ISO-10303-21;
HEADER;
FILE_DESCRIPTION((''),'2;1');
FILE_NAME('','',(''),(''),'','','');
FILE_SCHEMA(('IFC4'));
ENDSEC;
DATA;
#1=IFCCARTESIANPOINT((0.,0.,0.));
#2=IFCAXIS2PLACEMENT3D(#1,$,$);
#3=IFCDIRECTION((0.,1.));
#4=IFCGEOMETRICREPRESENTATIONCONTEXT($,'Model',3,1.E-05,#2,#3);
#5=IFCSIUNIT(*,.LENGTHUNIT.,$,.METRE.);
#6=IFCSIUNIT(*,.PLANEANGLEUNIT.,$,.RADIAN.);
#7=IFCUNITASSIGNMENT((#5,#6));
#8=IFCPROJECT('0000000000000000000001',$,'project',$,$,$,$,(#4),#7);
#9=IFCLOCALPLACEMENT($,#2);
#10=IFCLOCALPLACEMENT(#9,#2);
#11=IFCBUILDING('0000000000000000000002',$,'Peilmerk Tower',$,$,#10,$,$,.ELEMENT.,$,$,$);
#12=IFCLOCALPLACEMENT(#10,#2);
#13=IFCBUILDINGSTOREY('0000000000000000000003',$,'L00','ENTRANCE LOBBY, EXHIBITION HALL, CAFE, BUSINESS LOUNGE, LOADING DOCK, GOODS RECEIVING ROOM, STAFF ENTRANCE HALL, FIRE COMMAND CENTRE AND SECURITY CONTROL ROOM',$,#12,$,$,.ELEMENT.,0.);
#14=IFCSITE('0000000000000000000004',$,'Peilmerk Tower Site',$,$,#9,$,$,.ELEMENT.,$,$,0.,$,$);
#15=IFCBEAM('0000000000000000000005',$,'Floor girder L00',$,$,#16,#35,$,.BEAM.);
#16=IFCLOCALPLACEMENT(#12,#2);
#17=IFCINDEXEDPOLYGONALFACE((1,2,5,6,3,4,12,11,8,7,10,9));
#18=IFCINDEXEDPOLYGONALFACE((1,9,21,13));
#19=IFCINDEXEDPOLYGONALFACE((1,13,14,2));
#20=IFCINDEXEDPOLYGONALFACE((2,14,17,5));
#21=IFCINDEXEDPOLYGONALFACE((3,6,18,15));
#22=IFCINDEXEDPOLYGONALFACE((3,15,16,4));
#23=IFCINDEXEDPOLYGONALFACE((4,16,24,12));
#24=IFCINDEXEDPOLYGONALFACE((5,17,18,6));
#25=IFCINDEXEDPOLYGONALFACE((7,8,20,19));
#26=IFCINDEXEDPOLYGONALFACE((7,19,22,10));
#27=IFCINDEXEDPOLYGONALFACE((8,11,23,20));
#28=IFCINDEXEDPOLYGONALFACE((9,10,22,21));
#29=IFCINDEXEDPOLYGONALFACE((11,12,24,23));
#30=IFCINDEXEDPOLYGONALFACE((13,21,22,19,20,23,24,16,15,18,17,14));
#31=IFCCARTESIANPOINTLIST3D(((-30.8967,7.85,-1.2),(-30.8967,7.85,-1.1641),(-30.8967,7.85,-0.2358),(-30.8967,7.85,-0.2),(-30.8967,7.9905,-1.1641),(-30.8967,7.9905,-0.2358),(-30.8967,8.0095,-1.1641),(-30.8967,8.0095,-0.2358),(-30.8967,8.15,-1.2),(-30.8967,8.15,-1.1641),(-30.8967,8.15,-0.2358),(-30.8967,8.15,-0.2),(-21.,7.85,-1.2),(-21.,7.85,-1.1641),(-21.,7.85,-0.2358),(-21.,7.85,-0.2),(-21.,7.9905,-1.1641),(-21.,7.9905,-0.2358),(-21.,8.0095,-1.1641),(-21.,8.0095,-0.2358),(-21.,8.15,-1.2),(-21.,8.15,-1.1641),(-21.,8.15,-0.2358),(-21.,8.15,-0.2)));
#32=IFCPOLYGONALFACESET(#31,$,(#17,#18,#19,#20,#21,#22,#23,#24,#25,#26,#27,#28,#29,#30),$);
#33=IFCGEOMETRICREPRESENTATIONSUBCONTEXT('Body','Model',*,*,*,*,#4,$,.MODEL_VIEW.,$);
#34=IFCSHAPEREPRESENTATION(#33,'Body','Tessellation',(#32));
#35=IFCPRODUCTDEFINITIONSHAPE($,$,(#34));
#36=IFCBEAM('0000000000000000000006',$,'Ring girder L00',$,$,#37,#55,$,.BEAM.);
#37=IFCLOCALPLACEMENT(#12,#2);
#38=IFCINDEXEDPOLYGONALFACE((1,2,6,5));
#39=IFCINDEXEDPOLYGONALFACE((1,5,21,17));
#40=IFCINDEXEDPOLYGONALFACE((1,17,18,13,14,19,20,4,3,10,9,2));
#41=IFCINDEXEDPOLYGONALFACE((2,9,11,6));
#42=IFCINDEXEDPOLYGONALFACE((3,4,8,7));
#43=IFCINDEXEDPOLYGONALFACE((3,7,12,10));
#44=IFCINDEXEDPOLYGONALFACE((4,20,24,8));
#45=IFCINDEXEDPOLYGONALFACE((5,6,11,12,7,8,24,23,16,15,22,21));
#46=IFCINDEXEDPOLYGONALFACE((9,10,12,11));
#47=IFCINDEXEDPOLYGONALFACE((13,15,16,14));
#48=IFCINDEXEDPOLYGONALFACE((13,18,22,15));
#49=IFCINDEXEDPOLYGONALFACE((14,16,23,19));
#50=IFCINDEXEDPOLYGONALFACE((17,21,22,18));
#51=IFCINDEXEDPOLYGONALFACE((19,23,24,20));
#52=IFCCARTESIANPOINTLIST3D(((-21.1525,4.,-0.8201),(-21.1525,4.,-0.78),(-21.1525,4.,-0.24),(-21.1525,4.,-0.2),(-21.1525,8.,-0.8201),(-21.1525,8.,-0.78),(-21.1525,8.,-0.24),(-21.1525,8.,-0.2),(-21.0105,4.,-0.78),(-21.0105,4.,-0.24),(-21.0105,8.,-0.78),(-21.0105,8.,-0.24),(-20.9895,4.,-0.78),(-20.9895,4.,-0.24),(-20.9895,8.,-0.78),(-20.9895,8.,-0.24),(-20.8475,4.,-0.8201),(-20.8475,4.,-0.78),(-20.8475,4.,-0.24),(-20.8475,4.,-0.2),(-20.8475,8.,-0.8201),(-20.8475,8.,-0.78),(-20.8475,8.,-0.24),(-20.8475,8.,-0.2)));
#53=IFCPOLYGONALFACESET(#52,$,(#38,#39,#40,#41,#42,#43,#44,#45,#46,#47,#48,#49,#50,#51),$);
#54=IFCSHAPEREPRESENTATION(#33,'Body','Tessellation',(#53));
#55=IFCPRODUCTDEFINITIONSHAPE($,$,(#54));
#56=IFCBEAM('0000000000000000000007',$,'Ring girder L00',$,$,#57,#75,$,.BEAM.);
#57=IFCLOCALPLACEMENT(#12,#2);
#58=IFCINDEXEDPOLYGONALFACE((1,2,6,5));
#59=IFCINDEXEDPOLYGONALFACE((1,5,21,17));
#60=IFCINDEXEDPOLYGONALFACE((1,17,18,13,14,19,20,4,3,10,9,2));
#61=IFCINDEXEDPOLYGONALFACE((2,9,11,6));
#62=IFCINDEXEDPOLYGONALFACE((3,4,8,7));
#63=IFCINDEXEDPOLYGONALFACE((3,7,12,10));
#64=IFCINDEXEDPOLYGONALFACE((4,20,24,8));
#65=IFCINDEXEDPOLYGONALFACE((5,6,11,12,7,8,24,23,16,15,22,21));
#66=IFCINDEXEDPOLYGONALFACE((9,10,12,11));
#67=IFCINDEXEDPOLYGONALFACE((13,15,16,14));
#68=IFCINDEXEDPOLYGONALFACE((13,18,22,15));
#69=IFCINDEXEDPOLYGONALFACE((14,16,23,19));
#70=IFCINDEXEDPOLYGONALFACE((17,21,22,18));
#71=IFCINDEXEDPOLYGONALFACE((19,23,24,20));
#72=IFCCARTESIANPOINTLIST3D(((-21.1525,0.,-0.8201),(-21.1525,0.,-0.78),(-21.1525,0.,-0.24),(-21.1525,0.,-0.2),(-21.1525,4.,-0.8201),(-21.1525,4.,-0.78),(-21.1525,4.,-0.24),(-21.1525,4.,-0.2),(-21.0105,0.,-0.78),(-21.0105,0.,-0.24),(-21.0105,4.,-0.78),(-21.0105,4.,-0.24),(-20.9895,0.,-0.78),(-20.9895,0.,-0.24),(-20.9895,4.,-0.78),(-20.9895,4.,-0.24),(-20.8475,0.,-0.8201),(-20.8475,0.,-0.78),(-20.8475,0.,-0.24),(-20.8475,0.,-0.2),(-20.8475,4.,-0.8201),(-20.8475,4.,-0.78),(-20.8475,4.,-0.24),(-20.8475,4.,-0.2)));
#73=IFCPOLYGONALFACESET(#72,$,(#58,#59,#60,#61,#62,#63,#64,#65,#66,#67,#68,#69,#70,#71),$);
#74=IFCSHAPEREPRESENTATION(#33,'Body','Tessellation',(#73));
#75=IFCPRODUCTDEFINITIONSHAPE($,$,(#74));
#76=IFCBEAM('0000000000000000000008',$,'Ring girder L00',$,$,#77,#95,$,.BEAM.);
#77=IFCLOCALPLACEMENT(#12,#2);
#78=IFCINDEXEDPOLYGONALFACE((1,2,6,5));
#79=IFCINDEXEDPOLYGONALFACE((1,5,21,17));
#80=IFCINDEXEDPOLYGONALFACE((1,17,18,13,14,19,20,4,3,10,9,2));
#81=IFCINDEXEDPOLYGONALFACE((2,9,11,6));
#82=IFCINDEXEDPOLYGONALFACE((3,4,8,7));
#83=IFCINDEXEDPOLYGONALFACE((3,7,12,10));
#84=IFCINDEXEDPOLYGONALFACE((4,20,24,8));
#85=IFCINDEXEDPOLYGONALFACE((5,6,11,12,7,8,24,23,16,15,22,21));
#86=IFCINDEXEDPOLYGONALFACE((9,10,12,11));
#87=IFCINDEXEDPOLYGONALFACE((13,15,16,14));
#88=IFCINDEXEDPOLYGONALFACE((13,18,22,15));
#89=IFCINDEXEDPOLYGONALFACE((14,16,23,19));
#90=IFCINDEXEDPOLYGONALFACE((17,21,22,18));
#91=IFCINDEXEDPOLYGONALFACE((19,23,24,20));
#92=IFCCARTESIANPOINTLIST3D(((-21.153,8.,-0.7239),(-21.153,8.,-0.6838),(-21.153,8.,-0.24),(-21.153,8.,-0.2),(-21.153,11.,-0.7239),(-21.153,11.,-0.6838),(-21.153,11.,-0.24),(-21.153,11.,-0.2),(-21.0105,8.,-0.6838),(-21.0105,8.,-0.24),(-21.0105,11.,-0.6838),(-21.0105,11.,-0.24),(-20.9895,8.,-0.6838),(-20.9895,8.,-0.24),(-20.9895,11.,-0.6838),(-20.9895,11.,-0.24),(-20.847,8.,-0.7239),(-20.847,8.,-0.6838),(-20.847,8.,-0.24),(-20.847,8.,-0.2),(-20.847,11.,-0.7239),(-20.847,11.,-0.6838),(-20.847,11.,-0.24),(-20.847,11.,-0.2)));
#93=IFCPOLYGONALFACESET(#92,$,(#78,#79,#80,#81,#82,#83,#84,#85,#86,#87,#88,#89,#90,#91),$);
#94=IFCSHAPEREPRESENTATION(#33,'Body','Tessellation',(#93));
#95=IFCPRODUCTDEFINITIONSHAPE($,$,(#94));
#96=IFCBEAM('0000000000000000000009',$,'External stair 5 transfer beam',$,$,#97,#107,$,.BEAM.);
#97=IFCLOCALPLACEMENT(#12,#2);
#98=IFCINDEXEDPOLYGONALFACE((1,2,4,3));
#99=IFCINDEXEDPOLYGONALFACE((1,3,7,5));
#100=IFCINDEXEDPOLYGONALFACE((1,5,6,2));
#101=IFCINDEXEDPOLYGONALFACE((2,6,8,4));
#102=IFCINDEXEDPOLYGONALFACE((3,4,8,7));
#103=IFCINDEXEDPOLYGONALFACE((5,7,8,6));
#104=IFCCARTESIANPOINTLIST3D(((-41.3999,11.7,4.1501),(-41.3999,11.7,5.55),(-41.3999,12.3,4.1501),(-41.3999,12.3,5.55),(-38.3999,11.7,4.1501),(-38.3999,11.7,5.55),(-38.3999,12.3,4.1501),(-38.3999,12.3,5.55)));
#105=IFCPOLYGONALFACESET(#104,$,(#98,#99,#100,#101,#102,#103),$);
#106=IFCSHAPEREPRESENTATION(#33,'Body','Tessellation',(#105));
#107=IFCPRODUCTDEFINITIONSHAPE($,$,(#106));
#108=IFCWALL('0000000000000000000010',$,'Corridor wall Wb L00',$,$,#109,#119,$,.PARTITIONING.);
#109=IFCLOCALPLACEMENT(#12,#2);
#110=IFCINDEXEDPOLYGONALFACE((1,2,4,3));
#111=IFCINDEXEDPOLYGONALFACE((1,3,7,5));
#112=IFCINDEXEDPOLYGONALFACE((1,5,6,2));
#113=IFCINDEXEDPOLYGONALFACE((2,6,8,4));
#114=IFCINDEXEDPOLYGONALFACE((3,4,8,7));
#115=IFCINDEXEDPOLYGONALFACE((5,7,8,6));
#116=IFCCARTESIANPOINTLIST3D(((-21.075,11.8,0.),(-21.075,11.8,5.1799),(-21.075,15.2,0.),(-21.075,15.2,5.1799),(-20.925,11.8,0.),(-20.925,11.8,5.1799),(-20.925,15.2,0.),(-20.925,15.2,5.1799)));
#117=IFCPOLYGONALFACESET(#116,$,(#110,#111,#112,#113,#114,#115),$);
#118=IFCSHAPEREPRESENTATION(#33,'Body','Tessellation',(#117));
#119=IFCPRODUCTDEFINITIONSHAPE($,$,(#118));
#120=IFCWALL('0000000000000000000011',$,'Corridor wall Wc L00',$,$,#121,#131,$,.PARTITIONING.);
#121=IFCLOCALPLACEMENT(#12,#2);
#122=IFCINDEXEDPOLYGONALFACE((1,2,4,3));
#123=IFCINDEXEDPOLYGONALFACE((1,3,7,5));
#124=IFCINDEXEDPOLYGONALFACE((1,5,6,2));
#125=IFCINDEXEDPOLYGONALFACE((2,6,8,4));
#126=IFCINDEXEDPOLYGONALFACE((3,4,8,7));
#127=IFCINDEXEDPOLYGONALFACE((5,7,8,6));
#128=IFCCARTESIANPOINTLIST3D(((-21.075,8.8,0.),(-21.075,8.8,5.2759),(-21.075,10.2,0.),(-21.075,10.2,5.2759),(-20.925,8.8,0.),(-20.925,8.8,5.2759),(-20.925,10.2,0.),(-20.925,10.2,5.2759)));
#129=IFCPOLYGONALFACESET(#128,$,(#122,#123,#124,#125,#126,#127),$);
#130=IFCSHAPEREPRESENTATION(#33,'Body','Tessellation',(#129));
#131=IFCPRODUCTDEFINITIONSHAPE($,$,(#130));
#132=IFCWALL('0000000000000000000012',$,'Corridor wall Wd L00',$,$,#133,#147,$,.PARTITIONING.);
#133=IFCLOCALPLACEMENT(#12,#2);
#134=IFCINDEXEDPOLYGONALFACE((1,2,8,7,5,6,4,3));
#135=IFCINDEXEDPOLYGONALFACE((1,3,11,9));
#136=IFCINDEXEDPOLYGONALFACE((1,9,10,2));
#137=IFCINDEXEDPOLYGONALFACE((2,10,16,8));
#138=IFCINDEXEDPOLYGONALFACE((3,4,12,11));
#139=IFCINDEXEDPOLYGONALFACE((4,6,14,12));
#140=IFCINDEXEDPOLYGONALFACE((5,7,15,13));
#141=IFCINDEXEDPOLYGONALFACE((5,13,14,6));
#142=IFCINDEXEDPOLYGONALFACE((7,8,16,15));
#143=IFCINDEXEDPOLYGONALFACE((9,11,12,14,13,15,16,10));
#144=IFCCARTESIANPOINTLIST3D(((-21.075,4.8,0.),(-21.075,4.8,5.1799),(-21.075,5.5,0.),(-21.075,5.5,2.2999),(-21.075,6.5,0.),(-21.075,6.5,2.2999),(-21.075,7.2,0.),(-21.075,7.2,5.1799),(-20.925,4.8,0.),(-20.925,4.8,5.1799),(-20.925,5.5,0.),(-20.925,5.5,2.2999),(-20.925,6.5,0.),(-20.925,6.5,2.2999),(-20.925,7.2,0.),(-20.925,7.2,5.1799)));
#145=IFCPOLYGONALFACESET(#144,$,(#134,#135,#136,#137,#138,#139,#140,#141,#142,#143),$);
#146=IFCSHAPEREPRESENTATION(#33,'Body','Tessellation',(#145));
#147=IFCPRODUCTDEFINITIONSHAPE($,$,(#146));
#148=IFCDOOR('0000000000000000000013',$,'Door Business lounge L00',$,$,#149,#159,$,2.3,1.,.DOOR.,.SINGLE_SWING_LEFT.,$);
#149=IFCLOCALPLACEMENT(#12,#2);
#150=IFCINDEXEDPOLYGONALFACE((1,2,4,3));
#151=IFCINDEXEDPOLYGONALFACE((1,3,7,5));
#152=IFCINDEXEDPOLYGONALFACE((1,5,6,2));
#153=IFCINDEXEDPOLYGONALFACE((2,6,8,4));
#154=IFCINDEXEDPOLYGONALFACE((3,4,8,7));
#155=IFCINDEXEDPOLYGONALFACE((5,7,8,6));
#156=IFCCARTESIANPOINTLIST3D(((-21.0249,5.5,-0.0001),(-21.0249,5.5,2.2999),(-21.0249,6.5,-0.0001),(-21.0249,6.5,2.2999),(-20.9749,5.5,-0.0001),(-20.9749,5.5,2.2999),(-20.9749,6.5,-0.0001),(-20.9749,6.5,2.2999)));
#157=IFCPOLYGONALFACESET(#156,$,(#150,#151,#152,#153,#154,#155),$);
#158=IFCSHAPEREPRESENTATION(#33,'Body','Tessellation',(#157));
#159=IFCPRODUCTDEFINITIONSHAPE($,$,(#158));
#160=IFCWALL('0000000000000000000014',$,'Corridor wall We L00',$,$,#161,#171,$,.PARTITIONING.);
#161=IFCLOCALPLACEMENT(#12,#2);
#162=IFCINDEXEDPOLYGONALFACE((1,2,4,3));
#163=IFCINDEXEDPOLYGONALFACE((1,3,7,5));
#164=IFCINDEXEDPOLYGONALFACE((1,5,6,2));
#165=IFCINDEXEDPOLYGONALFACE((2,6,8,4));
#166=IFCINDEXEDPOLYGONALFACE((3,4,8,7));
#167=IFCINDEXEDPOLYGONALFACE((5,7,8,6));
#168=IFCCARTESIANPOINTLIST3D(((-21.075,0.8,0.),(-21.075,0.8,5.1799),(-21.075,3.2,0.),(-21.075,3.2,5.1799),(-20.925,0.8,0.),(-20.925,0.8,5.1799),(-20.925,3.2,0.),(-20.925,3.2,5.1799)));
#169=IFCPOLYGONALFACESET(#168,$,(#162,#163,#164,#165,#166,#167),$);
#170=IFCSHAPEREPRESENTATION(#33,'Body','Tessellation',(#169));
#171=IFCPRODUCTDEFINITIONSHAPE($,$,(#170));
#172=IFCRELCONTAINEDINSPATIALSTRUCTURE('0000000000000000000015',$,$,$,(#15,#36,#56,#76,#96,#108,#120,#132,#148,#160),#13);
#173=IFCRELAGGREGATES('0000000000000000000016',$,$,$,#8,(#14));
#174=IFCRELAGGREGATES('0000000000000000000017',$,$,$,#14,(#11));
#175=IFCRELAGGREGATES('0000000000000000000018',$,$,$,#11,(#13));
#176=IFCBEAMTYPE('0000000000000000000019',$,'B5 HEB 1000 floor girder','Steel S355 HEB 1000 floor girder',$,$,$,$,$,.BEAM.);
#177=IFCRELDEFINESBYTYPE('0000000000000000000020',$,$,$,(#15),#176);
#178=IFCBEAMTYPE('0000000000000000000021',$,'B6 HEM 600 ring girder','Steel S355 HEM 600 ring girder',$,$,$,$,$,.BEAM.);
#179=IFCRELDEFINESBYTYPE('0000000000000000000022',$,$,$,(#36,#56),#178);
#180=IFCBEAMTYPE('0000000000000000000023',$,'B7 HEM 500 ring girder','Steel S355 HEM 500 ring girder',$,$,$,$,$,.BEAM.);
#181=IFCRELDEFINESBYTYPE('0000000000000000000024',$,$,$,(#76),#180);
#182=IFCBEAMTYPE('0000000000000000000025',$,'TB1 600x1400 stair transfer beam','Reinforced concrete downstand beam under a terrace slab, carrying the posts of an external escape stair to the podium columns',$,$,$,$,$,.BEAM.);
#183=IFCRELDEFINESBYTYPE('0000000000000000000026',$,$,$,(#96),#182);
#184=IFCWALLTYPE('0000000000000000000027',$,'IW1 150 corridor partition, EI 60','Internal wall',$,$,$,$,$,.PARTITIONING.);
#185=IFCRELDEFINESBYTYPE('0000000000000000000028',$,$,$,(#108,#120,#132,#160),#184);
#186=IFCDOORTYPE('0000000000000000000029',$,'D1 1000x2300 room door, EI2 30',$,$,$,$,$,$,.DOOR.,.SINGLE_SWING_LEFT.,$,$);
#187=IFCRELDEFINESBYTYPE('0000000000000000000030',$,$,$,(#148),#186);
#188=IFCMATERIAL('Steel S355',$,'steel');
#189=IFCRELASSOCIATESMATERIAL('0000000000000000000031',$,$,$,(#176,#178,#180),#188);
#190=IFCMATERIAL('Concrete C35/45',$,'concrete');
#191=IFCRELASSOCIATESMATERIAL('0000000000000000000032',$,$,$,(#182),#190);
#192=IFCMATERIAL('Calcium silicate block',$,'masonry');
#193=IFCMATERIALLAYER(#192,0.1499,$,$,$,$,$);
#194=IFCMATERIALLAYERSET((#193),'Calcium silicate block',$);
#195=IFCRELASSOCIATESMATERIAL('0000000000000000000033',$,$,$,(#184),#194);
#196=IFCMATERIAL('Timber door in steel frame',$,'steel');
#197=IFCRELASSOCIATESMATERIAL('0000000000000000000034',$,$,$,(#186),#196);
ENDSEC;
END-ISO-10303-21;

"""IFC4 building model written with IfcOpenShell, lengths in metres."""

from ifc_helpers import new_model, si_unit, direction, frame, frame_2d, origin, origin_2d, place, context, subcontext, project, spatial, rectangle, i_section, extrude, material, layer, layer_set, material_profile, profile_set, type_object, element, fill, save


model = new_model("IFC4")

# Units and contexts
model_context = context("Model", 3, precision=1e-05, world=origin(), true_north=direction((0.0, 1.0)))
body_context = subcontext(model_context, "Body", "Model", "MODEL_VIEW")
ifc_project = project(units=[si_unit("LENGTHUNIT", "METRE"), si_unit("PLANEANGLEUNIT", "RADIAN")], contexts=[model_context])

# Site, building, storey
site_placement = place(None, origin())
site = spatial("IfcSite", under=ifc_project, at=site_placement, Name="Peilmerk Tower Site", CompositionType="ELEMENT", RefElevation=0.0)
building_placement = place(site_placement, origin())
building = spatial("IfcBuilding", under=site, at=building_placement, Name="Peilmerk Tower", CompositionType="ELEMENT")
storey_placement = place(building_placement, origin())
storey = spatial("IfcBuildingStorey", under=building, at=storey_placement, Name="L00", Description="ENTRANCE LOBBY, EXHIBITION HALL, CAFE, BUSINESS LOUNGE, LOADING DOCK, GOODS RECEIVING ROOM, STAFF ENTRANCE HALL, FIRE COMMAND CENTRE AND SECURITY CONTROL ROOM", CompositionType="ELEMENT", Elevation=0.0)

# Beams
ifc_material_1 = material(Name="Steel S355", Category="steel")
ifc_material_profile_1 = material_profile(ifc_material_1, i_section(OverallWidth=0.3, OverallDepth=1.0, WebThickness=0.019, FlangeThickness=0.0359, at=origin_2d()), Name="HEB 1000")
ifc_profile_set_1 = profile_set([ifc_material_profile_1], Name="Steel S355")
beam_type_1 = type_object("IfcBeamType", Name="B5 HEB 1000 floor girder", Description="Steel S355 HEB 1000 floor girder", PredefinedType="BEAM", material=ifc_profile_set_1)
beam_1_placement = place(storey_placement, frame((-21.0, 8.0, -0.7), z_axis=(-1.0, 0.0, 0.0), x_axis=(0.0, -1.0, 0.0)))
element("IfcBeam", 1, at=beam_1_placement, inside=storey, type_object=beam_type_1, Name="Floor girder L00", PredefinedType="BEAM", context=body_context, shape_type="SweptSolid", body=[
    extrude(i_section(OverallWidth=0.3, OverallDepth=1.0, WebThickness=0.019, FlangeThickness=0.0359, at=origin_2d()), origin(), (0.0, 0.0, 1.0), 9.8967),
])
ifc_material_profile_2 = material_profile(ifc_material_1, i_section(OverallWidth=0.3049, OverallDepth=0.6201, WebThickness=0.021, FlangeThickness=0.04, at=origin_2d()), Name="HEM 600")
ifc_profile_set_2 = profile_set([ifc_material_profile_2], Name="Steel S355")
beam_type_2 = type_object("IfcBeamType", Name="B6 HEM 600 ring girder", Description="Steel S355 HEM 600 ring girder", PredefinedType="BEAM", material=ifc_profile_set_2)
for number, where, z_axis, x_axis, name in (
    (2, (-21.0, 8.0, -0.51), (0.0, -1.0, 0.0), (1.0, 0.0, 0.0), "Ring girder L00"),
    (3, (-21.0, 4.0, -0.51), (0.0, -1.0, 0.0), (1.0, 0.0, 0.0), "Ring girder L00"),
):
    element("IfcBeam", number, at=place(storey_placement, frame(where, z_axis=z_axis, x_axis=x_axis)), inside=storey, type_object=beam_type_2, Name=name, PredefinedType="BEAM", context=body_context, shape_type="SweptSolid", body=[
        extrude(i_section(OverallWidth=0.3049, OverallDepth=0.6201, WebThickness=0.021, FlangeThickness=0.04, at=origin_2d()), origin(), (0.0, 0.0, 1.0), 4.0),
    ])
ifc_material_profile_3 = material_profile(ifc_material_1, i_section(OverallWidth=0.3059, OverallDepth=0.5239, WebThickness=0.021, FlangeThickness=0.04, at=origin_2d()), Name="HEM 500")
ifc_profile_set_3 = profile_set([ifc_material_profile_3], Name="Steel S355")
beam_type_3 = type_object("IfcBeamType", Name="B7 HEM 500 ring girder", Description="Steel S355 HEM 500 ring girder", PredefinedType="BEAM", material=ifc_profile_set_3)
beam_2_placement = place(storey_placement, frame((-21.0, 11.0, -0.4619), z_axis=(0.0, -1.0, 0.0), x_axis=(1.0, 0.0, 0.0)))
element("IfcBeam", 4, at=beam_2_placement, inside=storey, type_object=beam_type_3, Name="Ring girder L00", PredefinedType="BEAM", context=body_context, shape_type="SweptSolid", body=[
    extrude(i_section(OverallWidth=0.3059, OverallDepth=0.5239, WebThickness=0.021, FlangeThickness=0.04, at=origin_2d()), origin(), (0.0, 0.0, 1.0), 3.0),
])
ifc_material_2 = material(Name="Concrete C35/45", Category="concrete")
ifc_material_profile_4 = material_profile(ifc_material_2, rectangle(XDim=0.6001, YDim=1.3999, at=origin_2d()), Name="RC 600x1400")
ifc_profile_set_4 = profile_set([ifc_material_profile_4], Name="Concrete C35/45")
beam_type_4 = type_object("IfcBeamType", Name="TB1 600x1400 stair transfer beam", Description="Reinforced concrete downstand beam under a terrace slab, carrying the posts of an external escape stair to the podium columns", PredefinedType="BEAM", material=ifc_profile_set_4)
beam_3_placement = place(storey_placement, frame((-38.3999, 12.0, 4.8501), z_axis=(-1.0, 0.0, 0.0), x_axis=(0.0, -1.0, 0.0)))
element("IfcBeam", 5, at=beam_3_placement, inside=storey, type_object=beam_type_4, Name="External stair 5 transfer beam", PredefinedType="BEAM", context=body_context, shape_type="SweptSolid", body=[
    extrude(rectangle(XDim=0.6001, YDim=1.3999, at=origin_2d()), origin(), (0.0, 0.0, 1.0), 3.0),
])

# Walls
ifc_material_3 = material(Name="Calcium silicate block", Category="masonry")
ifc_layer_1 = layer(ifc_material_3, 0.1499)
ifc_layer_set_1 = layer_set([ifc_layer_1], Name="Calcium silicate block")
wall_type_1 = type_object("IfcWallType", Name="IW1 150 corridor partition, EI 60", Description="Internal wall", PredefinedType="PARTITIONING", material=ifc_layer_set_1)
wall_1_placement = place(storey_placement, frame((-21.0, 15.2, 0.0), z_axis=(0.0, 0.0, 1.0), x_axis=(0.0, -1.0, 0.0)))
element("IfcWall", 6, at=wall_1_placement, inside=storey, type_object=wall_type_1, Name="Corridor wall Wb L00", PredefinedType="PARTITIONING", context=body_context, shape_type="SweptSolid", body=[
    extrude(rectangle(XDim=3.3999, YDim=0.1499, at=frame_2d((1.7, 0.0))), origin(), (0.0, 0.0, 1.0), 5.1799),
])
wall_2_placement = place(storey_placement, frame((-21.0, 10.2, 0.0), z_axis=(0.0, 0.0, 1.0), x_axis=(0.0, -1.0, 0.0)))
element("IfcWall", 7, at=wall_2_placement, inside=storey, type_object=wall_type_1, Name="Corridor wall Wc L00", PredefinedType="PARTITIONING", context=body_context, shape_type="SweptSolid", body=[
    extrude(rectangle(XDim=1.3999, YDim=0.1499, at=frame_2d((0.7, 0.0))), origin(), (0.0, 0.0, 1.0), 5.2759),
])

# Wall, opening, door
wall_3_placement = place(storey_placement, frame((-21.0, 7.2, 0.0), z_axis=(0.0, 0.0, 1.0), x_axis=(0.0, -1.0, 0.0)))
wall_3 = element("IfcWall", 8, at=wall_3_placement, inside=storey, type_object=wall_type_1, Name="Corridor wall Wd L00", PredefinedType="PARTITIONING", context=body_context, shape_type="SweptSolid", body=[
    extrude(rectangle(XDim=2.3999, YDim=0.1499, at=frame_2d((1.2, 0.0))), origin(), (0.0, 0.0, 1.0), 5.1799),
])
opening_placement = place(wall_3_placement, frame((0.7, 0.0, 0.0)))
opening = element("IfcOpeningElement", 9, at=opening_placement, cuts=wall_3, PredefinedType="OPENING", context=body_context, shape_type="SweptSolid", body=[
    extrude(rectangle(XDim=1.0, YDim=2.3, at=frame_2d((0.5, 1.1499))), frame((0.0, 0.085, 0.0), z_axis=(0.0, -1.0, 0.0), x_axis=(1.0, 0.0, 0.0)), (0.0, 0.0, 1.0), 0.1699),
])
ifc_material_4 = material(Name="Timber door in steel frame", Category="steel")
door_type = type_object("IfcDoorType", Name="D1 1000x2300 room door, EI2 30", OperationType="SINGLE_SWING_LEFT", PredefinedType="DOOR", material=ifc_material_4)
door_placement = place(opening_placement, frame((1.0, 0.0, 0.0), z_axis=(0.0, 0.0, 1.0), x_axis=(-1.0, 0.0, 0.0)))
door = element("IfcDoor", 10, at=door_placement, inside=storey, type_object=door_type, Name="Door Business lounge L00", OperationType="SINGLE_SWING_LEFT", OverallHeight=2.3, OverallWidth=1.0, PredefinedType="DOOR", context=body_context, shape_type="SweptSolid", body=[
    extrude(rectangle(XDim=1.0, YDim=2.3, at=frame_2d((0.5, 1.1499))), frame((0.0, 0.0249, 0.0), z_axis=(0.0, -1.0, 0.0), x_axis=(1.0, 0.0, 0.0)), (0.0, 0.0, 1.0), 0.05),
])
fill(opening, door)

# Wall
wall_4_placement = place(storey_placement, frame((-21.0, 3.2, 0.0), z_axis=(0.0, 0.0, 1.0), x_axis=(0.0, -1.0, 0.0)))
element("IfcWall", 11, at=wall_4_placement, inside=storey, type_object=wall_type_1, Name="Corridor wall We L00", PredefinedType="PARTITIONING", context=body_context, shape_type="SweptSolid", body=[
    extrude(rectangle(XDim=2.3999, YDim=0.1499, at=frame_2d((1.2, 0.0))), origin(), (0.0, 0.0, 1.0), 5.1799),
])

save(model, "model.ifc")
